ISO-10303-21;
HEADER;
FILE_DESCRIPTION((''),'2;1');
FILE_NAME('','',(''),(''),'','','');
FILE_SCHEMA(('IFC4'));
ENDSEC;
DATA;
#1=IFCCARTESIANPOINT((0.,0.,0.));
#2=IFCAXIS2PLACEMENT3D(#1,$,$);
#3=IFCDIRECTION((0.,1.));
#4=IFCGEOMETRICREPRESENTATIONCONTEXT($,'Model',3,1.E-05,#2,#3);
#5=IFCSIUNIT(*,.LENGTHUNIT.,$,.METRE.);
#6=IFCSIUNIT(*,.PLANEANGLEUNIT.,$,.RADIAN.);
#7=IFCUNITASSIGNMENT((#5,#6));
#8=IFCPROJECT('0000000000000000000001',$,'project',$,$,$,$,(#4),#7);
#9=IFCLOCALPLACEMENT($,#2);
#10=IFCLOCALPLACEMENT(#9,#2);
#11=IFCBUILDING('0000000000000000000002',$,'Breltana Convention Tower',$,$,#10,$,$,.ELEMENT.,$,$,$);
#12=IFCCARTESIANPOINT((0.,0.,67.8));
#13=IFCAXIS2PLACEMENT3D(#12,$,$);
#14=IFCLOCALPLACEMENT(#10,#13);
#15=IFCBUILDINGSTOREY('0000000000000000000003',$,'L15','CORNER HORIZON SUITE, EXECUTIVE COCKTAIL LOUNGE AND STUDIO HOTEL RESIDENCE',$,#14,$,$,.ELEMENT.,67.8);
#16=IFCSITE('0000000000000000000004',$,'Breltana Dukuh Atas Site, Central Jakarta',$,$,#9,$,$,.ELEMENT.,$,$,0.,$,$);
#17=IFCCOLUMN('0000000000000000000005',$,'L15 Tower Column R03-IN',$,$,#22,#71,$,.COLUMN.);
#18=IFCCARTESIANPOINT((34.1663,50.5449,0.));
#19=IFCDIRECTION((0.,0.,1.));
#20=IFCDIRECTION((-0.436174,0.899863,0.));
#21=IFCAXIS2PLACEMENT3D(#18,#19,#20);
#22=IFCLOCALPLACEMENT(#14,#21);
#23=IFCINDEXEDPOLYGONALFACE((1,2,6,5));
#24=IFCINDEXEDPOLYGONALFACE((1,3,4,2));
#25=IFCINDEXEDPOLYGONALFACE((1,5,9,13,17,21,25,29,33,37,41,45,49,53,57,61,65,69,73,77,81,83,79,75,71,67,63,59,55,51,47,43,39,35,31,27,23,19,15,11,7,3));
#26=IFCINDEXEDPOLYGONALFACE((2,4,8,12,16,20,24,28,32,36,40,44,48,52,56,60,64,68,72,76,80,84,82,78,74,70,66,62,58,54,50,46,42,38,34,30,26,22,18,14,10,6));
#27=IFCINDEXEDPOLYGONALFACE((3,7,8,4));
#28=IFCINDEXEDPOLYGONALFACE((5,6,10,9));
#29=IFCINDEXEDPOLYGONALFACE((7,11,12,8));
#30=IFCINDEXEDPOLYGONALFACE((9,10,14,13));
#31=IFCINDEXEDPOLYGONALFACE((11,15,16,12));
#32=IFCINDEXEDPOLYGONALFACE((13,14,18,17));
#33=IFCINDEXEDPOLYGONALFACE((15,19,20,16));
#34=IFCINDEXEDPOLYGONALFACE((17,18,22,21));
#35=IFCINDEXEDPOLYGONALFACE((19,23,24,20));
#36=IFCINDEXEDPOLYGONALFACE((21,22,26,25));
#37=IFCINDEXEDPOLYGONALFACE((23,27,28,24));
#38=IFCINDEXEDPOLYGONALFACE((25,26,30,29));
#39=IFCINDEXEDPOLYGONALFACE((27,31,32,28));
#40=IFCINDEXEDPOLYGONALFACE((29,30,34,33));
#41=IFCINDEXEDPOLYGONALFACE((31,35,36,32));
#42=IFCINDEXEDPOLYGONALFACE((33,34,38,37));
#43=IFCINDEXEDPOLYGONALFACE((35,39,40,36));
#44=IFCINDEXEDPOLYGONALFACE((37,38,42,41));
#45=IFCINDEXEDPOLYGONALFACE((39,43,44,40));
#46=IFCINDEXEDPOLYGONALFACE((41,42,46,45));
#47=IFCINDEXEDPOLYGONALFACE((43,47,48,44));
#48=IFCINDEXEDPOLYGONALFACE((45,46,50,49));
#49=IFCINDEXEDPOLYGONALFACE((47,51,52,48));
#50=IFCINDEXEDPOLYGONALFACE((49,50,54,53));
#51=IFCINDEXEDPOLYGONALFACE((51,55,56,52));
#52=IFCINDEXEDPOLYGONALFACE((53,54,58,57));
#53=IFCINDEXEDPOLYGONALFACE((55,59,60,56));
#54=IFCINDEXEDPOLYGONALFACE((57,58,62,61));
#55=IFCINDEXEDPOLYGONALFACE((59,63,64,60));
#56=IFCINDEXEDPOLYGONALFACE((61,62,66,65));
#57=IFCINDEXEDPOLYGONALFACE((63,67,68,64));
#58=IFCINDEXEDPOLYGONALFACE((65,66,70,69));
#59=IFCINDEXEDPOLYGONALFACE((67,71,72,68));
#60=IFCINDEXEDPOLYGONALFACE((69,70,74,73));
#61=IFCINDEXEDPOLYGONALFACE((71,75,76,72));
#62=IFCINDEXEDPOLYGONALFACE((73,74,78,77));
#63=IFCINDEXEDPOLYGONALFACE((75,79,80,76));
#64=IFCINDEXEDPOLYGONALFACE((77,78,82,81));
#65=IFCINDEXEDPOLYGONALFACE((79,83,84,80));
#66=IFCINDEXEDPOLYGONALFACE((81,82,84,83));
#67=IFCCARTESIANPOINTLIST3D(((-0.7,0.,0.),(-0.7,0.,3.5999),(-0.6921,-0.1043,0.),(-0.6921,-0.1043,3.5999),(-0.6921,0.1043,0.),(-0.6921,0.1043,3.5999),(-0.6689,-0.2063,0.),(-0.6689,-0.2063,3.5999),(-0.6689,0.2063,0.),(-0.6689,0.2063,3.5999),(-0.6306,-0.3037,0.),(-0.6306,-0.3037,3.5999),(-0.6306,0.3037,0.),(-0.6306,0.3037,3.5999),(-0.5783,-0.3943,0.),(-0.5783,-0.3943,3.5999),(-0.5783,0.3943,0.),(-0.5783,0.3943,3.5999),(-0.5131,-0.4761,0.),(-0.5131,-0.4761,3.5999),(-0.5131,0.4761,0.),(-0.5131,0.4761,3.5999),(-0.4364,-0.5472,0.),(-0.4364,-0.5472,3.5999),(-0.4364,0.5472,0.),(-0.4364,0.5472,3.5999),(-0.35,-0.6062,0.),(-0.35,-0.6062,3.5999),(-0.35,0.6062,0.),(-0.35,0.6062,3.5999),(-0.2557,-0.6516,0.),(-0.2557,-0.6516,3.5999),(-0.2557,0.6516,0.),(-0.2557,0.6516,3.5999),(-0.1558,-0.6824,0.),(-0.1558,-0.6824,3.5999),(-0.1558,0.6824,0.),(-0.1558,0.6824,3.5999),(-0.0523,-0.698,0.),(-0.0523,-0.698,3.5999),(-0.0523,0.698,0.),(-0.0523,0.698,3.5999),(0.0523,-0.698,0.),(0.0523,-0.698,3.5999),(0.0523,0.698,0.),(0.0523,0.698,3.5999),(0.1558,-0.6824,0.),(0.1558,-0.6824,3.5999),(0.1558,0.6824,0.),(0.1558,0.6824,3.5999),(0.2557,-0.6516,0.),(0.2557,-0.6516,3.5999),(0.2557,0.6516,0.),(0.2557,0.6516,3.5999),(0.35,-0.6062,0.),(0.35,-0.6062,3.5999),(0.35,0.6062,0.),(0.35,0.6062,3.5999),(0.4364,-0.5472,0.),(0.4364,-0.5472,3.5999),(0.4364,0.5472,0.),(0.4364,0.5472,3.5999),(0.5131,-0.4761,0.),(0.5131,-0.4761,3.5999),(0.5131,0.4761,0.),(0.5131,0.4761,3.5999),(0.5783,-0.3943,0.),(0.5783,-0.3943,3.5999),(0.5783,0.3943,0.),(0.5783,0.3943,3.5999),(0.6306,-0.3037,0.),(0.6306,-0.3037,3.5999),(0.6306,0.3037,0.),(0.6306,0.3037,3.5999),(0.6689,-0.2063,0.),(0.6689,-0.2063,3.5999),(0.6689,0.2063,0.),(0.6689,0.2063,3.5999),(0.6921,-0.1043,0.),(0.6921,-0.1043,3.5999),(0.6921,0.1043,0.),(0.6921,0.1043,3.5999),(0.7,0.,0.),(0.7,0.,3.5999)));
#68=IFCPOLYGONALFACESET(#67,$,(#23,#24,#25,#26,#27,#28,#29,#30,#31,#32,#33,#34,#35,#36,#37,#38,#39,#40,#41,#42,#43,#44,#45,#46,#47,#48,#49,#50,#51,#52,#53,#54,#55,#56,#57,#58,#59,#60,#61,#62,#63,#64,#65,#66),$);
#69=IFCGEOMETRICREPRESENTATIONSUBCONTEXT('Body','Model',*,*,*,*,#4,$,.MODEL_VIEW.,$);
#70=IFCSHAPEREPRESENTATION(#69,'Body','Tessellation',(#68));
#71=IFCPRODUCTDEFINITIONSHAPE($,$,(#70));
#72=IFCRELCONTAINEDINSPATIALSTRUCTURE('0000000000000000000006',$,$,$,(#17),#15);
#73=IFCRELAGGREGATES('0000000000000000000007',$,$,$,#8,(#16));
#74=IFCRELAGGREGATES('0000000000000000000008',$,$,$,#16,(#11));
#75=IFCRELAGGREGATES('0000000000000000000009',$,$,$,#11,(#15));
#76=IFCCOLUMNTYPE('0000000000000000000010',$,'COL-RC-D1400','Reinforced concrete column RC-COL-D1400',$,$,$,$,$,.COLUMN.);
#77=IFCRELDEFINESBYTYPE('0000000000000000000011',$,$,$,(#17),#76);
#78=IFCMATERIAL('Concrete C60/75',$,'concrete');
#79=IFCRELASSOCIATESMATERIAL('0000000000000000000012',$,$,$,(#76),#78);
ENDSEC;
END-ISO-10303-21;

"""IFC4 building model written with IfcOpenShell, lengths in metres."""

from ifc_helpers import new_model, si_unit, direction, frame, origin, origin_2d, place, context, subcontext, project, spatial, circle, extrude, source, transform, mapped, material, material_profile, profile_set, type_object, element, save


model = new_model("IFC4")

# Units and contexts
model_context = context("Model", 3, precision=1e-05, world=origin(), true_north=direction((0.0, 1.0)))
body_context = subcontext(model_context, "Body", "Model", "MODEL_VIEW")
ifc_project = project(units=[si_unit("LENGTHUNIT", "METRE"), si_unit("PLANEANGLEUNIT", "RADIAN")], contexts=[model_context])

# Site, building, storey
site_placement = place(None, origin())
site = spatial("IfcSite", under=ifc_project, at=site_placement, Name="Breltana Dukuh Atas Site, Central Jakarta", CompositionType="ELEMENT", RefElevation=0.0)
building_placement = place(site_placement, origin())
building = spatial("IfcBuilding", under=site, at=building_placement, Name="Breltana Convention Tower", CompositionType="ELEMENT")
storey_placement = place(building_placement, frame((0.0, 0.0, 67.8)))
storey = spatial("IfcBuildingStorey", under=building, at=storey_placement, Name="L15", Description="CORNER HORIZON SUITE, EXECUTIVE COCKTAIL LOUNGE AND STUDIO HOTEL RESIDENCE", CompositionType="ELEMENT", Elevation=67.8)

# Column
ifc_material_1 = material(Name="Concrete C60/75", Category="concrete")
ifc_material_profile_1 = material_profile(ifc_material_1, circle(Radius=0.7, at=origin_2d()), Name="RC-COL-D1400")
ifc_profile_set_1 = profile_set([ifc_material_profile_1], Name="Concrete C60/75")
column_type = type_object("IfcColumnType", Name="COL-RC-D1400", Description="Reinforced concrete column RC-COL-D1400", PredefinedType="COLUMN", material=ifc_profile_set_1)
shared_shape_1 = source(origin(), body_context, "Body", "SweptSolid", [
    extrude(circle(Radius=0.7, at=origin_2d()), origin(), (0.0, 0.0, 1.0), 3.5999),
])
column_placement = place(storey_placement, frame((34.1663, 50.5449, 0.0), z_axis=(0.0, 0.0, 1.0), x_axis=(-0.436174, 0.899863, 0.0)))
element("IfcColumn", 1, at=column_placement, inside=storey, type_object=column_type, Name="L15 Tower Column R03-IN", PredefinedType="COLUMN", context=body_context, shape_type="MappedRepresentation", body=[
    mapped(shared_shape_1, transform((0.0, 0.0, 0.0), scale=1.0)),
])

save(model, "model.ifc")
